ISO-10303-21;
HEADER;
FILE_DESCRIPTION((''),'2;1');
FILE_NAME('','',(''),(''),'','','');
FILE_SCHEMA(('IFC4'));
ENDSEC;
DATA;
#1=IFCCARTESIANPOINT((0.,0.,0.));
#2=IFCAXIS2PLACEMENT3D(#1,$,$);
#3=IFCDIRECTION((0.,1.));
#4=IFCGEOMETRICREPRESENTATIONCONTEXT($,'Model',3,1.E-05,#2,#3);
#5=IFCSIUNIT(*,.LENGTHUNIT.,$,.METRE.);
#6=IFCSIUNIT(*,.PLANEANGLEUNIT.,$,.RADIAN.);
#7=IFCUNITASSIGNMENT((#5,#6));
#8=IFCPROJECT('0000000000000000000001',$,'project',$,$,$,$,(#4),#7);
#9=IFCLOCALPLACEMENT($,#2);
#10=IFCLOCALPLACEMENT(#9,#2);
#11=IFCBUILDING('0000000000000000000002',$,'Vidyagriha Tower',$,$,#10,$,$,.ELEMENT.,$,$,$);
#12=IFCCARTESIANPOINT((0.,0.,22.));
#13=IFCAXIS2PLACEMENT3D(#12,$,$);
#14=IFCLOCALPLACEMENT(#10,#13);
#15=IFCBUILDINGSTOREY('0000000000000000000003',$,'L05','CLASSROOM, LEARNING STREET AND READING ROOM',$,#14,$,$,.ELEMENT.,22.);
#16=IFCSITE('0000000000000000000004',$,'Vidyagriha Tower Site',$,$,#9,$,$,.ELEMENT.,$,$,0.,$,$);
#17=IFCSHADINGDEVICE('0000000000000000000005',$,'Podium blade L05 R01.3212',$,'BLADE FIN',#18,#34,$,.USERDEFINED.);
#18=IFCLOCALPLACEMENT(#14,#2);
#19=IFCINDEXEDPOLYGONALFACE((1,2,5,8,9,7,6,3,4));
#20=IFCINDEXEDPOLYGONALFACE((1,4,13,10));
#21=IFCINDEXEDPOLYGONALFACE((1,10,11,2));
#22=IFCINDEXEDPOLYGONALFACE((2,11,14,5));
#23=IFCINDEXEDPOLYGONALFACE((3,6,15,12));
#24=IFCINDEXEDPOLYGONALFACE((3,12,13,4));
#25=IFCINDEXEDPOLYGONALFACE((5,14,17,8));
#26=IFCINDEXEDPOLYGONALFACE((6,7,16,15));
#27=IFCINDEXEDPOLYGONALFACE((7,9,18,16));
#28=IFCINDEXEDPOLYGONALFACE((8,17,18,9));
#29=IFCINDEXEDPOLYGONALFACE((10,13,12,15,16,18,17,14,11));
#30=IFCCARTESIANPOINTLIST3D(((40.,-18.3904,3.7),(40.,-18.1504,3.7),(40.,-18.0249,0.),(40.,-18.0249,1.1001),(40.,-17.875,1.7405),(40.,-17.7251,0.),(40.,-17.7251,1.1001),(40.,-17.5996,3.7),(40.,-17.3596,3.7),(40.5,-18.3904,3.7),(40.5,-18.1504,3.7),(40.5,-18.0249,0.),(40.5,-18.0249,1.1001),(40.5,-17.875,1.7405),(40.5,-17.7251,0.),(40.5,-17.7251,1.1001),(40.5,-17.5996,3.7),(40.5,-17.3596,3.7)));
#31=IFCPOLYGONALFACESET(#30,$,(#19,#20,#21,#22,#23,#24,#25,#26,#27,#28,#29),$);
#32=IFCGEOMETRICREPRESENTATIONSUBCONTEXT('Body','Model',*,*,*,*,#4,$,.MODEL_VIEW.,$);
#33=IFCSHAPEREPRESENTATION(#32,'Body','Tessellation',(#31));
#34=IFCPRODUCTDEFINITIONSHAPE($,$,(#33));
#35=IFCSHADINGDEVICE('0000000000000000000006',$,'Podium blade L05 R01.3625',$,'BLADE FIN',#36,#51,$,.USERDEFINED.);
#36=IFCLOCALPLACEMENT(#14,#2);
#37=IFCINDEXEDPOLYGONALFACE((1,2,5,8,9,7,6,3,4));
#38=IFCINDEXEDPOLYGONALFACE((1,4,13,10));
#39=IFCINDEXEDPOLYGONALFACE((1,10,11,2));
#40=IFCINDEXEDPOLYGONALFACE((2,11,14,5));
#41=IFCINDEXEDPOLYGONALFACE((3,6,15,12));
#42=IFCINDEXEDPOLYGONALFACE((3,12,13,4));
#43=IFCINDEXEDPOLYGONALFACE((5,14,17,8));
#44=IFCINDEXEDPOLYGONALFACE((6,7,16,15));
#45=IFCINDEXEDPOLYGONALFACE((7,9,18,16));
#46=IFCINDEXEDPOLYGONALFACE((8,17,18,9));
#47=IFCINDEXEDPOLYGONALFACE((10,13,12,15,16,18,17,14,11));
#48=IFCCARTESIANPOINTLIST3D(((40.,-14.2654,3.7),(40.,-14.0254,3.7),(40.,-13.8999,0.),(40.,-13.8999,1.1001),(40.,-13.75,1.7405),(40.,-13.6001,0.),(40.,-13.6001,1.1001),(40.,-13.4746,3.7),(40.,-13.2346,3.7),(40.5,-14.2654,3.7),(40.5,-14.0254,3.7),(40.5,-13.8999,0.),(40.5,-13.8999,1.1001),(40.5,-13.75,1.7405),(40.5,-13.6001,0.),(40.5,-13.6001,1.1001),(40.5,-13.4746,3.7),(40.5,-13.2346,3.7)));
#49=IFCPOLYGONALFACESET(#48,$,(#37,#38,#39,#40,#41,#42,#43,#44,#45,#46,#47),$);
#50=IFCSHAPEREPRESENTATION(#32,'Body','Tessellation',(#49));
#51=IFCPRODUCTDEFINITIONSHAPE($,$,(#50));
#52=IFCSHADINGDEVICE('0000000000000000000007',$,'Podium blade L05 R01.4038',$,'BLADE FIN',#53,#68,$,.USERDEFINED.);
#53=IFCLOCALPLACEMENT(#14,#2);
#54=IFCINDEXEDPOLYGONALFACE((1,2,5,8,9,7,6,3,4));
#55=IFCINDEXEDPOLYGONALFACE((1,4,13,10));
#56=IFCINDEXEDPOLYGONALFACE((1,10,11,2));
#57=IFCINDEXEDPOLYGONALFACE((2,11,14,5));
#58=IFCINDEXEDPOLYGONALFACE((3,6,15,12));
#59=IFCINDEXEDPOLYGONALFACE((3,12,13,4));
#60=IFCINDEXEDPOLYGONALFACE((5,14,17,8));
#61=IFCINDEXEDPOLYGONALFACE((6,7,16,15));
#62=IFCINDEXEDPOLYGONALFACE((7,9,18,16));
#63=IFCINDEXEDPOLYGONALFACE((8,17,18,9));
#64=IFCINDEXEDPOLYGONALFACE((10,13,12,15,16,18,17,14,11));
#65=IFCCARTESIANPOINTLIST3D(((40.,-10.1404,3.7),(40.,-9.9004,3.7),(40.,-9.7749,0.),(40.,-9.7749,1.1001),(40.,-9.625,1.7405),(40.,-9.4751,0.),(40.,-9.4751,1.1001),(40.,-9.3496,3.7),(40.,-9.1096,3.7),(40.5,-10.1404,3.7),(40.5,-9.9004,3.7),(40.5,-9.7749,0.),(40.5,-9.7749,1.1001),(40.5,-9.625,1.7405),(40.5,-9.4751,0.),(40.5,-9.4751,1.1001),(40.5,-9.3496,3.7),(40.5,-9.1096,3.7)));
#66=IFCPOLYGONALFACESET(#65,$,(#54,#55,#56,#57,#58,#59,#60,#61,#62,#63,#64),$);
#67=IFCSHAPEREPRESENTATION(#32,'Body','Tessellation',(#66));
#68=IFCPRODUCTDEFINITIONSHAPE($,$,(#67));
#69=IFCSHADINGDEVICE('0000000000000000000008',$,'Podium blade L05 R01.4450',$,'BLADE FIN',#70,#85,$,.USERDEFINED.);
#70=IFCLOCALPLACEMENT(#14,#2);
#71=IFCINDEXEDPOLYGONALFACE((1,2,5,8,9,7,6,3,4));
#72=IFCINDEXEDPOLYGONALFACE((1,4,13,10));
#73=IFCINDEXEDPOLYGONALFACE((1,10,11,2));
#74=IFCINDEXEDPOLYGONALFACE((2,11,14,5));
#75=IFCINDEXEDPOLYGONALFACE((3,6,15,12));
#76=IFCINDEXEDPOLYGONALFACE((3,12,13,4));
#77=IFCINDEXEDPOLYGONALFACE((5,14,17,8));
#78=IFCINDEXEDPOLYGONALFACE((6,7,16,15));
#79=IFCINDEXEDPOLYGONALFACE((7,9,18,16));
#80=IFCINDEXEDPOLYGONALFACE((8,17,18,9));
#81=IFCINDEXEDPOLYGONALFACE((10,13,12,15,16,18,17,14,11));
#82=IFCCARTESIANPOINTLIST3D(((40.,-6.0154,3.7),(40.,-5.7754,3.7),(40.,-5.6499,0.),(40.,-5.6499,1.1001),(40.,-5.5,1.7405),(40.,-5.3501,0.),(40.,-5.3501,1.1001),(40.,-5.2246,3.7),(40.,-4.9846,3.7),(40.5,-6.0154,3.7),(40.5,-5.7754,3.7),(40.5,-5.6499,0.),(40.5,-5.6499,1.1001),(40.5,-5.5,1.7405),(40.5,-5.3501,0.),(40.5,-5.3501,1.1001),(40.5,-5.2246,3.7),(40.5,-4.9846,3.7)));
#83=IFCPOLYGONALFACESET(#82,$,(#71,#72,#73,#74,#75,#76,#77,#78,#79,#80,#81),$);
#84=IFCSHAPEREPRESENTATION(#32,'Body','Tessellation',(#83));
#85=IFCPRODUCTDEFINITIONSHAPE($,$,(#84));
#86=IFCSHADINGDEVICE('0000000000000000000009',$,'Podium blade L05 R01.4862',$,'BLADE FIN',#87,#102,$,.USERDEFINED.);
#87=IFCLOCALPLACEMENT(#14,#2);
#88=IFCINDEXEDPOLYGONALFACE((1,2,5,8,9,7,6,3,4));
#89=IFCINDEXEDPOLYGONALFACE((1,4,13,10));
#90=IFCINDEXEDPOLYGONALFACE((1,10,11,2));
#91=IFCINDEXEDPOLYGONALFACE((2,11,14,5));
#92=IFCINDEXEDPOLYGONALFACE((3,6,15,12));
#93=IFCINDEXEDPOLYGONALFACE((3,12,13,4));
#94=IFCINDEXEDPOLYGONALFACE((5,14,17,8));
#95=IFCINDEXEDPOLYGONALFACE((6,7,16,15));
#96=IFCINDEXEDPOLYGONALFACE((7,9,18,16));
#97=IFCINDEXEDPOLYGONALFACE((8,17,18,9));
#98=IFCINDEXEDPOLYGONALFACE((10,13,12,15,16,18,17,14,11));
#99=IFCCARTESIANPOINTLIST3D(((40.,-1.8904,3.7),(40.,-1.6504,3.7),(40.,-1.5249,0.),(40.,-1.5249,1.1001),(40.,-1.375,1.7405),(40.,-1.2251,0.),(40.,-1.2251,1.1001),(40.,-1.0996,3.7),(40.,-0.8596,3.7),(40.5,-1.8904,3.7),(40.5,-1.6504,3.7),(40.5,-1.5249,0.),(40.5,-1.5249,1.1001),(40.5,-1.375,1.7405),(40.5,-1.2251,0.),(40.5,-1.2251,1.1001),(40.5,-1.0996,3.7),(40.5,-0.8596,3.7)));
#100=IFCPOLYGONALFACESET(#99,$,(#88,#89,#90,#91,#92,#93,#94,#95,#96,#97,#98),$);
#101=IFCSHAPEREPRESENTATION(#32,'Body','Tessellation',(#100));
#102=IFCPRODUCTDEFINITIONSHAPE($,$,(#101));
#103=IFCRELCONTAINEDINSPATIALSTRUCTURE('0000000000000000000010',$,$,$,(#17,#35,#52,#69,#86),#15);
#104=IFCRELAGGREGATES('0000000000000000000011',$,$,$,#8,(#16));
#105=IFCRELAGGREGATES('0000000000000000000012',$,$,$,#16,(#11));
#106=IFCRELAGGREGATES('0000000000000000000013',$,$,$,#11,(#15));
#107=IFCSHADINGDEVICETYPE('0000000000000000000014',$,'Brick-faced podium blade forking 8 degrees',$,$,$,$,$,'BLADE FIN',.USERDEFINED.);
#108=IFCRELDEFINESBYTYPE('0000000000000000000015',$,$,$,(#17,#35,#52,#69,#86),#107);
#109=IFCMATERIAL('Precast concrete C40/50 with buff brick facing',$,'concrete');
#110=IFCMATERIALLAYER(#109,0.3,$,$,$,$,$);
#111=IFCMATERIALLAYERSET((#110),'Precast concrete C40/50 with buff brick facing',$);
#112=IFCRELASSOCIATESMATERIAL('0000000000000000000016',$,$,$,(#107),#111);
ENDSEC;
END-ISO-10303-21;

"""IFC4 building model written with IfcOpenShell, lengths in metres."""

from ifc_helpers import new_model, si_unit, direction, frame, origin, place, context, subcontext, project, spatial, polyline, outline, extrude, material, layer, layer_set, type_object, element, save


model = new_model("IFC4")

# Units and contexts
model_context = context("Model", 3, precision=1e-05, world=origin(), true_north=direction((0.0, 1.0)))
body_context = subcontext(model_context, "Body", "Model", "MODEL_VIEW")
ifc_project = project(units=[si_unit("LENGTHUNIT", "METRE"), si_unit("PLANEANGLEUNIT", "RADIAN")], contexts=[model_context])

# Site, building, storey
site_placement = place(None, origin())
site = spatial("IfcSite", under=ifc_project, at=site_placement, Name="Vidyagriha Tower Site", CompositionType="ELEMENT", RefElevation=0.0)
building_placement = place(site_placement, origin())
building = spatial("IfcBuilding", under=site, at=building_placement, Name="Vidyagriha Tower", CompositionType="ELEMENT")
storey_placement = place(building_placement, frame((0.0, 0.0, 22.0)))
storey = spatial("IfcBuildingStorey", under=building, at=storey_placement, Name="L05", Description="CLASSROOM, LEARNING STREET AND READING ROOM", CompositionType="ELEMENT", Elevation=22.0)

# Shading devices
ifc_material_1 = material(Name="Precast concrete C40/50 with buff brick facing", Category="concrete")
ifc_layer_1 = layer(ifc_material_1, 0.3)
ifc_layer_set_1 = layer_set([ifc_layer_1], Name="Precast concrete C40/50 with buff brick facing")
shading_device_type_1 = type_object("IfcShadingDeviceType", Name="Brick-faced podium blade forking 8 degrees", ElementType="BLADE FIN", PredefinedType="USERDEFINED", material=ifc_layer_set_1)
for number, where, z_axis, x_axis, name in (
    (1, (40.25, -18.3904, 0.0), (0.0, 0.0, 1.0), (0.0, 1.0, 0.0), "Podium blade L05 R01.3212"),
    (2, (40.25, -14.2654, 0.0), (0.0, 0.0, 1.0), (0.0, 1.0, 0.0), "Podium blade L05 R01.3625"),
    (3, (40.25, -10.1404, 0.0), (0.0, 0.0, 1.0), (0.0, 1.0, 0.0), "Podium blade L05 R01.4038"),
    (4, (40.25, -6.0154, 0.0), (0.0, 0.0, 1.0), (0.0, 1.0, 0.0), "Podium blade L05 R01.4450"),
    (5, (40.25, -1.8904, 0.0), (0.0, 0.0, 1.0), (0.0, 1.0, 0.0), "Podium blade L05 R01.4862"),
):
    element("IfcShadingDevice", number, at=place(storey_placement, frame(where, z_axis=z_axis, x_axis=x_axis)), inside=storey, type_object=shading_device_type_1, Name=name, ObjectType="BLADE FIN", PredefinedType="USERDEFINED", context=body_context, shape_type="SweptSolid", body=[
        extrude(outline(polyline([(0.6653, 0.0), (0.6653, 1.1001), (1.0308, 3.7), (0.7908, 3.7), (0.5154, 1.7405), (0.24, 3.7), (0.0, 3.7), (0.3655, 1.1001), (0.3655, 0.0), (0.6653, 0.0)])), frame((0.0, 0.25, 0.0), z_axis=(0.0, -1.0, 0.0), x_axis=(1.0, 0.0, 0.0)), (0.0, 0.0, 1.0), 0.5),
    ])

save(model, "model.ifc")
